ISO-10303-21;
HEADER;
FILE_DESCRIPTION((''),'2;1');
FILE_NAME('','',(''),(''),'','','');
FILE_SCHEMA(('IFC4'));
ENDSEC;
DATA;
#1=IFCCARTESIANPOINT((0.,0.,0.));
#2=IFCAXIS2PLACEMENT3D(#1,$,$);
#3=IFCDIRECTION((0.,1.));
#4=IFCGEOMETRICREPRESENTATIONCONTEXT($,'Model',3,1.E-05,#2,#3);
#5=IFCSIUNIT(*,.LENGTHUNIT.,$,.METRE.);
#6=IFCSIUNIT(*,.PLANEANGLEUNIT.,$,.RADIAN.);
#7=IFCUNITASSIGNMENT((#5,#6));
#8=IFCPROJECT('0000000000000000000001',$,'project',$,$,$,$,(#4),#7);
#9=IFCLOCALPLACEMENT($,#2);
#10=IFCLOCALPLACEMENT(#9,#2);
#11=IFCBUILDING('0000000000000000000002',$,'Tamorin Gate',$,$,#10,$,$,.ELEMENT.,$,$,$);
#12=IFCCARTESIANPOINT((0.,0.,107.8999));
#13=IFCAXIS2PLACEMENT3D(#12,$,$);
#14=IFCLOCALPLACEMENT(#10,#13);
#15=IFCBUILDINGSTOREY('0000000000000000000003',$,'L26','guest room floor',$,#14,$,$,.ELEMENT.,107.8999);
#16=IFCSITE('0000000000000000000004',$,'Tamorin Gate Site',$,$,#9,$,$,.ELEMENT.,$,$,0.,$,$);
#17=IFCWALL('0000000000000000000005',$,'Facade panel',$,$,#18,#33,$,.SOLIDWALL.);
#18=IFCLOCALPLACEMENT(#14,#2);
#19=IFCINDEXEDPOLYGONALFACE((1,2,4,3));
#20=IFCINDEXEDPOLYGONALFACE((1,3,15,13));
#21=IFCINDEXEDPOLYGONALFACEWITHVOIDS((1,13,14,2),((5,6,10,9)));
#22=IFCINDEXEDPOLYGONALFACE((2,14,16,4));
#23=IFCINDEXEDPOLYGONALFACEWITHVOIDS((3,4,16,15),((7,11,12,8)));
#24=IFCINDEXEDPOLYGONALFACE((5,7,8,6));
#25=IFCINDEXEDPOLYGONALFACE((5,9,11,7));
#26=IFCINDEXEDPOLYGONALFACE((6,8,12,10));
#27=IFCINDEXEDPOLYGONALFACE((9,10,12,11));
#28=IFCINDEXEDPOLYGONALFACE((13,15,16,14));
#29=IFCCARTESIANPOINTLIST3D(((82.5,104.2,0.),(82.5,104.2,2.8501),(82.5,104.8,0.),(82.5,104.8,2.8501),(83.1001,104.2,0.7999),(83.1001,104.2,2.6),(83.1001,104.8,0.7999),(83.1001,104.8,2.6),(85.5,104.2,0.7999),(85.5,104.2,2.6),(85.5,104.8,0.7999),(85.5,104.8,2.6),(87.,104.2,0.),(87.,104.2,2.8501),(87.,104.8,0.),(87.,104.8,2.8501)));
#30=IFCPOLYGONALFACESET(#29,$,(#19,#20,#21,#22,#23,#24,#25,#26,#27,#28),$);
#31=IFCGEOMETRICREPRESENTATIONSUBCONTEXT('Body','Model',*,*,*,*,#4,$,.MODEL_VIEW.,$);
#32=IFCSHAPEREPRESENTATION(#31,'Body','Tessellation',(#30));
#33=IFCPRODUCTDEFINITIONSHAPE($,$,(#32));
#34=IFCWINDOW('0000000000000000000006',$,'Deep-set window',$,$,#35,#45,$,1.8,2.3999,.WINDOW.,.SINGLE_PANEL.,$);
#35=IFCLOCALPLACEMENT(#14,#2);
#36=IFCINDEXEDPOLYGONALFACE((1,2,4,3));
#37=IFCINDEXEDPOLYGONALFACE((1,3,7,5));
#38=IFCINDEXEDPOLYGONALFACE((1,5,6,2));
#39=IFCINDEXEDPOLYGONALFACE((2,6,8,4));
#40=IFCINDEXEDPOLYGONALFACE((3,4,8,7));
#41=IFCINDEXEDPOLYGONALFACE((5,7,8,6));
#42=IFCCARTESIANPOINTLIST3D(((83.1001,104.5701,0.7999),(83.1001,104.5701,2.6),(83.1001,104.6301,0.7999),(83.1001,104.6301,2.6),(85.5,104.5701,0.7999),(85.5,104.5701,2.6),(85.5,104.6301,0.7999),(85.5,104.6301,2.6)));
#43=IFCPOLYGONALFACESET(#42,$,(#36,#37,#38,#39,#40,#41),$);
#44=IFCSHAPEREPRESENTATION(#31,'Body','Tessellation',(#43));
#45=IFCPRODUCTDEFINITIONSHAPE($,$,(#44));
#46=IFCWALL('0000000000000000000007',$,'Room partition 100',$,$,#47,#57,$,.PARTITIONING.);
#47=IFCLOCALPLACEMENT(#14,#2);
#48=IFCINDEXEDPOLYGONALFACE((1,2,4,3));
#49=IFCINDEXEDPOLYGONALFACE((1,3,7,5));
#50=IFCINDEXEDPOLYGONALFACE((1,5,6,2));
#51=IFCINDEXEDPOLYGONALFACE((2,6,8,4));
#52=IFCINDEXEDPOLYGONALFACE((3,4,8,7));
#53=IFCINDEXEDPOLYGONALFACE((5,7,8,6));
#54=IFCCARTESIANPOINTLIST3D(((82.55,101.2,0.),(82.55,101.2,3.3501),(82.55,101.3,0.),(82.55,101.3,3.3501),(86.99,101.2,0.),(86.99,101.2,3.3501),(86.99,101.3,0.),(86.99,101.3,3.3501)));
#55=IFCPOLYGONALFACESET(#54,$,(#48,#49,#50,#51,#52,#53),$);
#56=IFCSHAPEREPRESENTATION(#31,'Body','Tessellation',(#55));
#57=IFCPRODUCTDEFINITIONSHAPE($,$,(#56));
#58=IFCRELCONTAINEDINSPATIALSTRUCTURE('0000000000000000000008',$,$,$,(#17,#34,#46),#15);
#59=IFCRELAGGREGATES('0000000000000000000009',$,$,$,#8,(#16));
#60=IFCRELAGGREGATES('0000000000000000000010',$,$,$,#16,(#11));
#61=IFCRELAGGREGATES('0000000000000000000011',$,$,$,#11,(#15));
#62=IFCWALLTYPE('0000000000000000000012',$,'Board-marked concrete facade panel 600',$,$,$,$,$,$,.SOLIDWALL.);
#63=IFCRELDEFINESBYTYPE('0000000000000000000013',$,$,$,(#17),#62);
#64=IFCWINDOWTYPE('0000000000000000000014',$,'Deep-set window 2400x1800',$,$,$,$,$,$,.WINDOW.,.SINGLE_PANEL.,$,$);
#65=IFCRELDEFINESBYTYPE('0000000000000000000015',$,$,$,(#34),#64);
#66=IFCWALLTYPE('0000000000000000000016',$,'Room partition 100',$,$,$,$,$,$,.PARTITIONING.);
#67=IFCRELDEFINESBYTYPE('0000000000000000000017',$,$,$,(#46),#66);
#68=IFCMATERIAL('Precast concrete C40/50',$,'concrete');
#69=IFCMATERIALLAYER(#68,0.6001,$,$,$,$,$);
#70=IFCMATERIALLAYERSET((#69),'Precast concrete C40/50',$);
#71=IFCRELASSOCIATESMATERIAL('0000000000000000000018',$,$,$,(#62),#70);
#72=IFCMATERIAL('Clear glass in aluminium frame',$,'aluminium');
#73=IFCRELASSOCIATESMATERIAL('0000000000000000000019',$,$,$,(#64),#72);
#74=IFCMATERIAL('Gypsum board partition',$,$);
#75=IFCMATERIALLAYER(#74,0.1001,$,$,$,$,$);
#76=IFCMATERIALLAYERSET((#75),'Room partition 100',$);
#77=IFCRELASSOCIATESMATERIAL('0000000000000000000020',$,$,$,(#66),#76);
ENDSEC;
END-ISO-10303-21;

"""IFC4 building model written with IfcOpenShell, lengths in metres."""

from ifc_helpers import new_model, si_unit, direction, frame, frame_2d, origin, place, context, subcontext, project, spatial, rectangle, extrude, material, layer, layer_set, type_object, element, fill, save


model = new_model("IFC4")

# Units and contexts
model_context = context("Model", 3, precision=1e-05, world=origin(), true_north=direction((0.0, 1.0)))
body_context = subcontext(model_context, "Body", "Model", "MODEL_VIEW")
ifc_project = project(units=[si_unit("LENGTHUNIT", "METRE"), si_unit("PLANEANGLEUNIT", "RADIAN")], contexts=[model_context])

# Site, building, storey
site_placement = place(None, origin())
site = spatial("IfcSite", under=ifc_project, at=site_placement, Name="Tamorin Gate Site", CompositionType="ELEMENT", RefElevation=0.0)
building_placement = place(site_placement, origin())
building = spatial("IfcBuilding", under=site, at=building_placement, Name="Tamorin Gate", CompositionType="ELEMENT")
storey_placement = place(building_placement, frame((0.0, 0.0, 107.8999)))
storey = spatial("IfcBuildingStorey", under=building, at=storey_placement, Name="L26", Description="guest room floor", CompositionType="ELEMENT", Elevation=107.8999)

# Shared definitions
ifc_material_1 = material(Name="Precast concrete C40/50", Category="concrete")
ifc_layer_1 = layer(ifc_material_1, 0.6001)
ifc_layer_set_1 = layer_set([ifc_layer_1], Name="Precast concrete C40/50")
wall_type_1 = type_object("IfcWallType", Name="Board-marked concrete facade panel 600", PredefinedType="SOLIDWALL", material=ifc_layer_set_1)
ifc_material_2 = material(Name="Clear glass in aluminium frame", Category="aluminium")
window_type = type_object("IfcWindowType", Name="Deep-set window 2400x1800", PartitioningType="SINGLE_PANEL", PredefinedType="WINDOW", material=ifc_material_2)

# Wall, opening, window
wall_1_placement = place(storey_placement, frame((87.0, 104.5, 0.0), z_axis=(0.0, 0.0, 1.0), x_axis=(-1.0, 0.0, 0.0)))
wall_1 = element("IfcWall", 1, at=wall_1_placement, inside=storey, type_object=wall_type_1, Name="Facade panel", PredefinedType="SOLIDWALL", context=body_context, shape_type="SweptSolid", body=[
    extrude(rectangle(XDim=4.5, YDim=0.6001, at=frame_2d((2.25, 0.0))), origin(), (0.0, 0.0, 1.0), 2.8501),
])
opening_1_placement = place(wall_1_placement, frame((1.5, 0.0, 0.8)))
opening_1 = element("IfcOpeningElement", 2, at=opening_1_placement, cuts=wall_1, PredefinedType="OPENING", context=body_context, shape_type="SweptSolid", body=[
    extrude(rectangle(XDim=2.3999, YDim=1.8, at=frame_2d((1.2, 0.8999))), frame((0.0, 0.3101, 0.0), z_axis=(0.0, -1.0, 0.0), x_axis=(1.0, 0.0, 0.0)), (0.0, 0.0, 1.0), 0.6201),
])
window_1_placement = place(opening_1_placement, origin())
window_1 = element("IfcWindow", 3, at=window_1_placement, inside=storey, type_object=window_type, Name="Deep-set window", OverallHeight=1.8, OverallWidth=2.3999, PartitioningType="SINGLE_PANEL", PredefinedType="WINDOW", context=body_context, shape_type="SweptSolid", body=[
    extrude(rectangle(XDim=2.3999, YDim=1.8, at=frame_2d((1.2, 0.8999))), frame((0.0, -0.0701, 0.0), z_axis=(0.0, -1.0, 0.0), x_axis=(1.0, 0.0, 0.0)), (0.0, 0.0, 1.0), 0.0601),
])
fill(opening_1, window_1)

# Wall
ifc_material_3 = material(Name="Gypsum board partition")
ifc_layer_2 = layer(ifc_material_3, 0.1001)
ifc_layer_set_2 = layer_set([ifc_layer_2], Name="Room partition 100")
wall_type_2 = type_object("IfcWallType", Name="Room partition 100", PredefinedType="PARTITIONING", material=ifc_layer_set_2)
wall_2_placement = place(storey_placement, frame((82.55, 101.25, 0.0), z_axis=(0.0, 0.0, 1.0), x_axis=(1.0, 0.0, 0.0)))
element("IfcWall", 4, at=wall_2_placement, inside=storey, type_object=wall_type_2, Name="Room partition 100", PredefinedType="PARTITIONING", context=body_context, shape_type="SweptSolid", body=[
    extrude(rectangle(XDim=4.4399, YDim=0.1001, at=frame_2d((2.22, 0.0))), origin(), (0.0, 0.0, 1.0), 3.3501),
])

save(model, "model.ifc")
